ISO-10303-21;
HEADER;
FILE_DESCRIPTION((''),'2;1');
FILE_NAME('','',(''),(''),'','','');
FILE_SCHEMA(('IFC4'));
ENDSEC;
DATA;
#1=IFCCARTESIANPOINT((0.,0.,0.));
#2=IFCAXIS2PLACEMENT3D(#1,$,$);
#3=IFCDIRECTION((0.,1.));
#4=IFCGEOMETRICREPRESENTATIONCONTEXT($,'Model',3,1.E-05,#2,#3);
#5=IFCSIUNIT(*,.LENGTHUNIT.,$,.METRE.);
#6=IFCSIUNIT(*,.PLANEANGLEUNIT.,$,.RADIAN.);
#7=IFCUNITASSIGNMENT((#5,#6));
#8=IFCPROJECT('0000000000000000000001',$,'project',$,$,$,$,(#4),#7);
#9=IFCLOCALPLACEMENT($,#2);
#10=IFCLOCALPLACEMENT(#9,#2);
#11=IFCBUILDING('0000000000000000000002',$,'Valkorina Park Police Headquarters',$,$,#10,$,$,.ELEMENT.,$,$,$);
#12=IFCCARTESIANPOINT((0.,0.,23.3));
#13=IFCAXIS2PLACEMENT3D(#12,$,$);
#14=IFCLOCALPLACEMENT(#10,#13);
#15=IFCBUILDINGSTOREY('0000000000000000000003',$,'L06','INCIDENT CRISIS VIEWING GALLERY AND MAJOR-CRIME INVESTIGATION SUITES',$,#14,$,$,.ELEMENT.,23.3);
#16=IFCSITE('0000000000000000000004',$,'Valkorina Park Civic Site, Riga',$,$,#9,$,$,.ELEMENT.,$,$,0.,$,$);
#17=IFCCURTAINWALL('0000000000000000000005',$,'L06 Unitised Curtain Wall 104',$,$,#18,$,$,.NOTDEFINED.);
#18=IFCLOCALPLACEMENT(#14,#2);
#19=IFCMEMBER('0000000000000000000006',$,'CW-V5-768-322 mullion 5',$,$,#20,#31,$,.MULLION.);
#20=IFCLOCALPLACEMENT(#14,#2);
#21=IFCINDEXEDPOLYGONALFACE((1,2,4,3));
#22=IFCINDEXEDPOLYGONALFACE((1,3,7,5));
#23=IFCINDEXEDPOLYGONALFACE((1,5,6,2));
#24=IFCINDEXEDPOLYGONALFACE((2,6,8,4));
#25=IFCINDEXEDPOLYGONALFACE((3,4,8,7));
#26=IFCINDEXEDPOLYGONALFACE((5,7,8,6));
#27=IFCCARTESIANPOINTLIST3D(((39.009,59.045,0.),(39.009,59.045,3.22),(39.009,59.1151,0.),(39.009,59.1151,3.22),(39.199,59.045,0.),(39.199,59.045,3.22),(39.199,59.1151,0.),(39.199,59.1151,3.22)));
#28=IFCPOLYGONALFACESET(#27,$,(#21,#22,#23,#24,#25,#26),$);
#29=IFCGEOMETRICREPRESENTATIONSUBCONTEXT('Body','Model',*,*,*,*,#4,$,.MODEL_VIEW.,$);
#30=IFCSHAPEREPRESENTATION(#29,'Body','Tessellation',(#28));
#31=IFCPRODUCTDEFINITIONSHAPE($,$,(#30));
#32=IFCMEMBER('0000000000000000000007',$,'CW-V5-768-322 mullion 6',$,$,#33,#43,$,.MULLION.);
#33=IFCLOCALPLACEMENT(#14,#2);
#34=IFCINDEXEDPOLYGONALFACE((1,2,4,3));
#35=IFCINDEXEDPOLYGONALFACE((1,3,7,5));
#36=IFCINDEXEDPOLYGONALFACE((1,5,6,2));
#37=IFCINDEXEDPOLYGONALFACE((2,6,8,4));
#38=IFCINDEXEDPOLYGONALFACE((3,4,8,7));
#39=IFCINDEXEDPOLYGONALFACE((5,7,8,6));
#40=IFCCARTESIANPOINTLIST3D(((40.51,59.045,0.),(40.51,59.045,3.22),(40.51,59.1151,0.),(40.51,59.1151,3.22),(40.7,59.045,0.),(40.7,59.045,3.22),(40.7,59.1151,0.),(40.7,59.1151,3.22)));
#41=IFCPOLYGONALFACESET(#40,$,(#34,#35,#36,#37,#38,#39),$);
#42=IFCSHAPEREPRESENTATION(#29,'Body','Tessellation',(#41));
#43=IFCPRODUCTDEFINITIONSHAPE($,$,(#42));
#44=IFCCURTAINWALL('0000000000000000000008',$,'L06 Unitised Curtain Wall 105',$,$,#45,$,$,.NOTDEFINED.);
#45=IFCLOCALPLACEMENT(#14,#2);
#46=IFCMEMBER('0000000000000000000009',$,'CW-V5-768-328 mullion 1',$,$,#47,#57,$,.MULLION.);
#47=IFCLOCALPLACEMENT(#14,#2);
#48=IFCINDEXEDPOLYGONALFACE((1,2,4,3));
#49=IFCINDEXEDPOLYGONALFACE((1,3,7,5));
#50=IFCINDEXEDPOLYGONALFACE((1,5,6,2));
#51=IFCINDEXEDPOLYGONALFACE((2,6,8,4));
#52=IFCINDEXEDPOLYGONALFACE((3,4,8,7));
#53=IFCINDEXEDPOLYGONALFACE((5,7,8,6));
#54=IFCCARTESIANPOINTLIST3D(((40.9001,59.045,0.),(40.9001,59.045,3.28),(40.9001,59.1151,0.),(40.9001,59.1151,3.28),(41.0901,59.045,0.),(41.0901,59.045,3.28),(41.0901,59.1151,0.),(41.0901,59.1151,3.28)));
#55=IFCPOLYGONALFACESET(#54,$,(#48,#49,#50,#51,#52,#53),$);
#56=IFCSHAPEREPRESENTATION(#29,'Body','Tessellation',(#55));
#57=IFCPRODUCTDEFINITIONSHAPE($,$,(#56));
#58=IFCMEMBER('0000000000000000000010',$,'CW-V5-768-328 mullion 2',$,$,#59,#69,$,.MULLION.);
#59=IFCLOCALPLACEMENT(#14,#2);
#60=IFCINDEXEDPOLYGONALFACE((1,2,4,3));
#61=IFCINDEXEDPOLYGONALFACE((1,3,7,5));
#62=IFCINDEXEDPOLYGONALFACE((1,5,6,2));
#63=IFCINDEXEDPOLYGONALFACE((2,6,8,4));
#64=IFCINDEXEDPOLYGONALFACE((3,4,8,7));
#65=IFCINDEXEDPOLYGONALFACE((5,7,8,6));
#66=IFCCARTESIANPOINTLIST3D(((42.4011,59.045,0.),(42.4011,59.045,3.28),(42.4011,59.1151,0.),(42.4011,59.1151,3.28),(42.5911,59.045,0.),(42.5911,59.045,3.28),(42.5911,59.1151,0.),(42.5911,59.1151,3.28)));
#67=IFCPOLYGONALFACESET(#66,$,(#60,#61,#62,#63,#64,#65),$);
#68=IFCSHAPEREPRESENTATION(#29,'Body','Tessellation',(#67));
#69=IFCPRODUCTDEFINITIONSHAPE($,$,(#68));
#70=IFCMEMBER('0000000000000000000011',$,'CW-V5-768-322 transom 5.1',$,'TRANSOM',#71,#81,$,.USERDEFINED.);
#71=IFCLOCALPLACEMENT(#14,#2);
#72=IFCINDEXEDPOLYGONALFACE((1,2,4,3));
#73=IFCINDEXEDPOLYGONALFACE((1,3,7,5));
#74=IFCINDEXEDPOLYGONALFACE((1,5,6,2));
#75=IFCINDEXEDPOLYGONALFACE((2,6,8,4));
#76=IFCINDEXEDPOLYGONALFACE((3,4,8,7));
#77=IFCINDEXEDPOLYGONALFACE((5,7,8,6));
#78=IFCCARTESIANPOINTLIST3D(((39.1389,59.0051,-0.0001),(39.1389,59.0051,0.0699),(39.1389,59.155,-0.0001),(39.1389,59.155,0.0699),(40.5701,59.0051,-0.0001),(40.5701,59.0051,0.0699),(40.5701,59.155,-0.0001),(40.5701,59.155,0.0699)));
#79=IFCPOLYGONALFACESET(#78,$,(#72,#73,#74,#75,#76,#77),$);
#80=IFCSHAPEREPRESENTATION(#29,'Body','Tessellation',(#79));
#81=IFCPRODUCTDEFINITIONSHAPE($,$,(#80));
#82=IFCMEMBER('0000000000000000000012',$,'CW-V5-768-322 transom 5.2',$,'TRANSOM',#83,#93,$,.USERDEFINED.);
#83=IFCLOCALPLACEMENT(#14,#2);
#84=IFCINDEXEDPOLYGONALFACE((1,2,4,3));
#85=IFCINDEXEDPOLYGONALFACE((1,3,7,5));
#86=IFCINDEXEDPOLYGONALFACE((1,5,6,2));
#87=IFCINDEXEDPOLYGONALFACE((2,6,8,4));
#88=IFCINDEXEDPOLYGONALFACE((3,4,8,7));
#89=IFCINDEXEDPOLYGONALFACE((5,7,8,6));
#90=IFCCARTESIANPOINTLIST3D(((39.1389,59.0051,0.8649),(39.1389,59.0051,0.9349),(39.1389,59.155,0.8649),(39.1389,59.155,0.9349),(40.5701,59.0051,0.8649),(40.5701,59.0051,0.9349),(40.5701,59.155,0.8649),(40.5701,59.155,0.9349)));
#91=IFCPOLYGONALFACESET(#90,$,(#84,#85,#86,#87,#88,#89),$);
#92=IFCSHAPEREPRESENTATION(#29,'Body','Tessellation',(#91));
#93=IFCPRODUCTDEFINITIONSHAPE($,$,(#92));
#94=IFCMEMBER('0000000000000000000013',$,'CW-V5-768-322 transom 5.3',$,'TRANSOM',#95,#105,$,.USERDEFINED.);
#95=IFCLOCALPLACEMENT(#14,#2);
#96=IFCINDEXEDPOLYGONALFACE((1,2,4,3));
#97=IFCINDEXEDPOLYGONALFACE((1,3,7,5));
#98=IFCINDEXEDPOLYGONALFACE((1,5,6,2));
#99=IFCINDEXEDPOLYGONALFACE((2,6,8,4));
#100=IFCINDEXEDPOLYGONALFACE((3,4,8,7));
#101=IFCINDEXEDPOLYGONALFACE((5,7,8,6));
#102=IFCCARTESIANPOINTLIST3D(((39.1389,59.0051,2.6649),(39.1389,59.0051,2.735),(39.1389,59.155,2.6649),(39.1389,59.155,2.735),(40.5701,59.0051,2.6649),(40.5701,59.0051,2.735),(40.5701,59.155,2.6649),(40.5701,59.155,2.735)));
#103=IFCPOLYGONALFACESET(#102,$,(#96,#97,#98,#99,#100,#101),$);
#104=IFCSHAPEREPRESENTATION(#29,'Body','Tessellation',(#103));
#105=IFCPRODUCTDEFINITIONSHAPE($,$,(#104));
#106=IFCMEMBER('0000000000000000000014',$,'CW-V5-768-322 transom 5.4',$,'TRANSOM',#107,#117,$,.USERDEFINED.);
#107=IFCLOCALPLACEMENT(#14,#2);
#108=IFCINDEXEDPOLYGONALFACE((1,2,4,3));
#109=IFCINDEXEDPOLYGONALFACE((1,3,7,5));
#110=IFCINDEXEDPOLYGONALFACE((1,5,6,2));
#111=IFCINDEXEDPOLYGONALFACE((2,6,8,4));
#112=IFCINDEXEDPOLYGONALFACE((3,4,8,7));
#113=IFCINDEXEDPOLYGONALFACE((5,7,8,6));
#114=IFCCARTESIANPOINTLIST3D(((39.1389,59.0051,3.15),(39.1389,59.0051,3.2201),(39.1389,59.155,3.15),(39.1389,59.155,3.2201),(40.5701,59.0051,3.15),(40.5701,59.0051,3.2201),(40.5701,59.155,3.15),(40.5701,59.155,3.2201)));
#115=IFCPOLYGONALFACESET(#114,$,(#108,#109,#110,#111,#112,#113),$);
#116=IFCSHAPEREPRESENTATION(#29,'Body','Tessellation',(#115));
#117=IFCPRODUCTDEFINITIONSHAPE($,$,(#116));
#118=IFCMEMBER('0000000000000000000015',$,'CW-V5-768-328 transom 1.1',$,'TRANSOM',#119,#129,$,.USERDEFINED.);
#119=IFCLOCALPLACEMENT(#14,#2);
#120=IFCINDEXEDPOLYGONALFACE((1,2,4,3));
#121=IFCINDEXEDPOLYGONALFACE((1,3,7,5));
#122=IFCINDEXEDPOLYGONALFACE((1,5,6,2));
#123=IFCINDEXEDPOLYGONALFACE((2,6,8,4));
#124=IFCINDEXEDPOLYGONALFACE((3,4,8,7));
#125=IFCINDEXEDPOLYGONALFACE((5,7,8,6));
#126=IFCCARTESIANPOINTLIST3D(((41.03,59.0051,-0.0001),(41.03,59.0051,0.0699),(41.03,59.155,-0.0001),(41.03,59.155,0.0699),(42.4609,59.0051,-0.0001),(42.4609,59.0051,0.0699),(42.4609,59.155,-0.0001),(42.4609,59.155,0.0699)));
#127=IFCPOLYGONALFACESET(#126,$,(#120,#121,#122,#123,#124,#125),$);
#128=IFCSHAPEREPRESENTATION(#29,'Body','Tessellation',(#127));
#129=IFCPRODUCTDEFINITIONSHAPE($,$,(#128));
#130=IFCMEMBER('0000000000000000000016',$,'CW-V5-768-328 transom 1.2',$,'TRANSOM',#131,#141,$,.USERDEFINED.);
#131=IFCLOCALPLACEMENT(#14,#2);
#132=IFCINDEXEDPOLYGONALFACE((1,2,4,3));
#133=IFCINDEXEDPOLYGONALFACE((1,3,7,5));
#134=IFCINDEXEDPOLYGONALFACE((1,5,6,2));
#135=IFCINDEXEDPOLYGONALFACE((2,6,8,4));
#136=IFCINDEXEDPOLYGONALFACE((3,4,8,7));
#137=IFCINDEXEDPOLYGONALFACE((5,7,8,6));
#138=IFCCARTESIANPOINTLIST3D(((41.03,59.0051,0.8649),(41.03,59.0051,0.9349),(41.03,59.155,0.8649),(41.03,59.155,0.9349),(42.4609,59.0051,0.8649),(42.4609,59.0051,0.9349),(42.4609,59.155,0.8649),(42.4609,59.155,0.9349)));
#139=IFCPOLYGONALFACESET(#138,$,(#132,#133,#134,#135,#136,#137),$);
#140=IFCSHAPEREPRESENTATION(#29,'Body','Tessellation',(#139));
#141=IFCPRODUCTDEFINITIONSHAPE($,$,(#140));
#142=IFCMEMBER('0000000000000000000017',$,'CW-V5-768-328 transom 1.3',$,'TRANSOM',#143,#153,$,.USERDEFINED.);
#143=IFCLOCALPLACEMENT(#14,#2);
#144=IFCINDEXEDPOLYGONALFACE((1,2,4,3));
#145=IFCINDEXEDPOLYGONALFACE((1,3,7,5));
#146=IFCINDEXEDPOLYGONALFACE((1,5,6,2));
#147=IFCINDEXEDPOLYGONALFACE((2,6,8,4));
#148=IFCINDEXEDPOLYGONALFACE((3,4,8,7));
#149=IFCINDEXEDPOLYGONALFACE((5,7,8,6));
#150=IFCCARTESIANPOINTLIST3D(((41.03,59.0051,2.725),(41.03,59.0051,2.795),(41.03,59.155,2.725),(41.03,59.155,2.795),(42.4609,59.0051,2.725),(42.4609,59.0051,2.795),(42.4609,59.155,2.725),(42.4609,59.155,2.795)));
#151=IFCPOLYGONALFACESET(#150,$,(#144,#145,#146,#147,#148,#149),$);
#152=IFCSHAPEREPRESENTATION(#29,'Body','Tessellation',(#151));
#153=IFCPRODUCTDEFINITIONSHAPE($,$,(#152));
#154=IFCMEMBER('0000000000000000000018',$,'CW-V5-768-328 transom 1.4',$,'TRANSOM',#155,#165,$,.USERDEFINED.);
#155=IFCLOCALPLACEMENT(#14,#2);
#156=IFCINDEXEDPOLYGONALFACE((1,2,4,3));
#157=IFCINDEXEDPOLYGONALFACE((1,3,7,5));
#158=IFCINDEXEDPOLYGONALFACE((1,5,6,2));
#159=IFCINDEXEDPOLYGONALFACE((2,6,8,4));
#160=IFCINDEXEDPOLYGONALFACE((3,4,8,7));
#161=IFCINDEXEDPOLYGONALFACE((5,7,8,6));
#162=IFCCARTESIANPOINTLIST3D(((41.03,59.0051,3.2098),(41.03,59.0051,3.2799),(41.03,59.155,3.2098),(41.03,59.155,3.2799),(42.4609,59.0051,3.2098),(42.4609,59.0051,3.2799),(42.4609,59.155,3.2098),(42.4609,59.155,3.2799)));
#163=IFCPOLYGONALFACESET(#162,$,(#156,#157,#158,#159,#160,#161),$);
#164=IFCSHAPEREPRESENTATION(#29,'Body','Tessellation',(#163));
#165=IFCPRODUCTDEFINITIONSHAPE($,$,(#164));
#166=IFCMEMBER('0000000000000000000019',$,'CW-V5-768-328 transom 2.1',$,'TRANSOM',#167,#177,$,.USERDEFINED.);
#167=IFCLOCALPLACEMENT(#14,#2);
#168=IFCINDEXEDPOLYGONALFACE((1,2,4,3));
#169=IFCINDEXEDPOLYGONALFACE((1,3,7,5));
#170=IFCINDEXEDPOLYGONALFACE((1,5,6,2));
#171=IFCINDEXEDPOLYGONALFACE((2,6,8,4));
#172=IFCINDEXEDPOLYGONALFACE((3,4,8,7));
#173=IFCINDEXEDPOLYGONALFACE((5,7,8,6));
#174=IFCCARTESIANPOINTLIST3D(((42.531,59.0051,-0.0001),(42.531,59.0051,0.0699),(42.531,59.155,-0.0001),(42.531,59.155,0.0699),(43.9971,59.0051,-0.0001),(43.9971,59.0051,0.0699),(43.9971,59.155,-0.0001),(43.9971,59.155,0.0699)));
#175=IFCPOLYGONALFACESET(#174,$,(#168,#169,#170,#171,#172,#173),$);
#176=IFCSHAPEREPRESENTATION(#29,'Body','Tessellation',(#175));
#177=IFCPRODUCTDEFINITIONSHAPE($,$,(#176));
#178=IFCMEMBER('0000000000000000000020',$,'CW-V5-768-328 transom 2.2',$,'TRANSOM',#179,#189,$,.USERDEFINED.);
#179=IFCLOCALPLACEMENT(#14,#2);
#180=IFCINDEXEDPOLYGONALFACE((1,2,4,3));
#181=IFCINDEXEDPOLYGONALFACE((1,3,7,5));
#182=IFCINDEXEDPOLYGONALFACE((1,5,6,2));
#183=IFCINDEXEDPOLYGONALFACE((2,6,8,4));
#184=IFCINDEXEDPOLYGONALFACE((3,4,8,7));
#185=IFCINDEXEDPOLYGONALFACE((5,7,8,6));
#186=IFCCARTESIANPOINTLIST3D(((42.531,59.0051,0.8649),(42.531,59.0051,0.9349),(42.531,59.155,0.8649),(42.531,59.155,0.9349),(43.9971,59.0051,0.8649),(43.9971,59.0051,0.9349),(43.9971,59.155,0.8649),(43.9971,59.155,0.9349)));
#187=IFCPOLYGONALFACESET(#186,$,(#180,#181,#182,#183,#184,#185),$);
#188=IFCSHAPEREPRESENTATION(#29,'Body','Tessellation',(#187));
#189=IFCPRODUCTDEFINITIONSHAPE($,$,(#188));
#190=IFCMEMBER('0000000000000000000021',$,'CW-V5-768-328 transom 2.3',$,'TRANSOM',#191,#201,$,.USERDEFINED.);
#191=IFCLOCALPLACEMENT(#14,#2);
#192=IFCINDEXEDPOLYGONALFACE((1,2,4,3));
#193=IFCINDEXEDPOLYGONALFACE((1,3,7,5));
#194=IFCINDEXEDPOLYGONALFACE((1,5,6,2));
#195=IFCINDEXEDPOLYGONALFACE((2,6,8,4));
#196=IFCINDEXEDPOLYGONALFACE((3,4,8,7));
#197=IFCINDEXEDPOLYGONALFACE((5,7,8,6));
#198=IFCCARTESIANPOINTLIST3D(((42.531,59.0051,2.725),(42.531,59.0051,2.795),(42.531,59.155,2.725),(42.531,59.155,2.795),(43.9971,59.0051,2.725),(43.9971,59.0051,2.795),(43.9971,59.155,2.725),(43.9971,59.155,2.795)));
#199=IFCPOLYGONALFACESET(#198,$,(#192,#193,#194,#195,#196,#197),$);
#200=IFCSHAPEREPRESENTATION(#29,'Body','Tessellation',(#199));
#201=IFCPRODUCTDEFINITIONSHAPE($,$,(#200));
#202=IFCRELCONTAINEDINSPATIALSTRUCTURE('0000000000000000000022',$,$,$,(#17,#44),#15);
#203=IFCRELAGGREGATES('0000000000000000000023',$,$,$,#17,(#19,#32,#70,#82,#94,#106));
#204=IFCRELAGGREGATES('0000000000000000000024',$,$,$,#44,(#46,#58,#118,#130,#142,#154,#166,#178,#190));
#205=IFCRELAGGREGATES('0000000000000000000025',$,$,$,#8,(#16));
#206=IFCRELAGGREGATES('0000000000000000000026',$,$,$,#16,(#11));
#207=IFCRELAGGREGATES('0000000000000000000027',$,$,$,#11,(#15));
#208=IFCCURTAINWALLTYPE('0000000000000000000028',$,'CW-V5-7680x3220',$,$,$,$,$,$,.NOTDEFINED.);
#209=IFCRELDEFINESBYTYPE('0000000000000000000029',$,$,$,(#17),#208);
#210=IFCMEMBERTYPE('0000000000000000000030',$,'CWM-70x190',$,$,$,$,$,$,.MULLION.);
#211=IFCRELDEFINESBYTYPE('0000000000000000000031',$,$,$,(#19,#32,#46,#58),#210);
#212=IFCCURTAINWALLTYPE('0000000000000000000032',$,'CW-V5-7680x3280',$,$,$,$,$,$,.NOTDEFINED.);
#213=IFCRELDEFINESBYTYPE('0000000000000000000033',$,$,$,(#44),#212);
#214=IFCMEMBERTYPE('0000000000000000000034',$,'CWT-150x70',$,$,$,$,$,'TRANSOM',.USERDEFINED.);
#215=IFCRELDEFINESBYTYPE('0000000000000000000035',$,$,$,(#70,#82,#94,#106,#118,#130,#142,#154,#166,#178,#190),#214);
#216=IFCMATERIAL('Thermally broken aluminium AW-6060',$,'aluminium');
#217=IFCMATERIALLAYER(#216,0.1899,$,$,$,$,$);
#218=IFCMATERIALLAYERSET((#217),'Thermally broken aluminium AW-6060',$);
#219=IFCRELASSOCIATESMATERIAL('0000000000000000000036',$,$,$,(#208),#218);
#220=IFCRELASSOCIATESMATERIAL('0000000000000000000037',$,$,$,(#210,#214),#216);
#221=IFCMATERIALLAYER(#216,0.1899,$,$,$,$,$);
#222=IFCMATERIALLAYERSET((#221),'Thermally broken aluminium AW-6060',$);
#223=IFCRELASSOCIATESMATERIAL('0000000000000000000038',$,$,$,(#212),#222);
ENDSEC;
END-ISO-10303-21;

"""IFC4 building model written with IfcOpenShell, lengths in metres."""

from ifc_helpers import new_model, si_unit, direction, frame, origin, origin_2d, place, context, subcontext, project, spatial, rectangle, extrude, material, layer, layer_set, material_profile, profile_set, type_object, element, aggregate, save


model = new_model("IFC4")

# Units and contexts
model_context = context("Model", 3, precision=1e-05, world=origin(), true_north=direction((0.0, 1.0)))
body_context = subcontext(model_context, "Body", "Model", "MODEL_VIEW")
ifc_project = project(units=[si_unit("LENGTHUNIT", "METRE"), si_unit("PLANEANGLEUNIT", "RADIAN")], contexts=[model_context])

# Site, building, storey
site_placement = place(None, origin())
site = spatial("IfcSite", under=ifc_project, at=site_placement, Name="Valkorina Park Civic Site, Riga", CompositionType="ELEMENT", RefElevation=0.0)
building_placement = place(site_placement, origin())
building = spatial("IfcBuilding", under=site, at=building_placement, Name="Valkorina Park Police Headquarters", CompositionType="ELEMENT")
storey_placement = place(building_placement, frame((0.0, 0.0, 23.3)))
storey = spatial("IfcBuildingStorey", under=building, at=storey_placement, Name="L06", Description="INCIDENT CRISIS VIEWING GALLERY AND MAJOR-CRIME INVESTIGATION SUITES", CompositionType="ELEMENT", Elevation=23.3)

# Curtain walls, members
ifc_material_1 = material(Name="Thermally broken aluminium AW-6060", Category="aluminium")
ifc_layer_1 = layer(ifc_material_1, 0.1899)
ifc_layer_set_1 = layer_set([ifc_layer_1], Name="Thermally broken aluminium AW-6060")
curtain_wall_type_1 = type_object("IfcCurtainWallType", Name="CW-V5-7680x3220", PredefinedType="NOTDEFINED", material=ifc_layer_set_1)
curtain_wall_1_placement = place(storey_placement, origin())
curtain_wall_1 = element("IfcCurtainWall", 1, at=curtain_wall_1_placement, inside=storey, type_object=curtain_wall_type_1, Name="L06 Unitised Curtain Wall 104", PredefinedType="NOTDEFINED")
ifc_material_profile_1 = material_profile(ifc_material_1, rectangle(XDim=0.0701, YDim=0.1899, at=origin_2d()), Name="CWM-02 70x190")
ifc_profile_set_1 = profile_set([ifc_material_profile_1], Name="Thermally broken aluminium AW-6060")
member_type_1 = type_object("IfcMemberType", Name="CWM-70x190", PredefinedType="MULLION", material=ifc_profile_set_1)
member_1_placement = place(storey_placement, frame((39.104, 59.0801, 0.0), z_axis=(0.0, 0.0, 1.0), x_axis=(0.0, 1.0, 0.0)))
member_1 = element("IfcMember", 2, at=member_1_placement, type_object=member_type_1, Name="CW-V5-768-322 mullion 5", PredefinedType="MULLION", context=body_context, shape_type="SweptSolid", body=[
    extrude(rectangle(XDim=0.0701, YDim=0.1899, at=origin_2d()), origin(), (0.0, 0.0, 1.0), 3.22),
])
member_2_placement = place(storey_placement, frame((40.605, 59.0801, 0.0), z_axis=(0.0, 0.0, 1.0), x_axis=(0.0, 1.0, 0.0)))
member_2 = element("IfcMember", 3, at=member_2_placement, type_object=member_type_1, Name="CW-V5-768-322 mullion 6", PredefinedType="MULLION", context=body_context, shape_type="SweptSolid", body=[
    extrude(rectangle(XDim=0.0701, YDim=0.1899, at=origin_2d()), origin(), (0.0, 0.0, 1.0), 3.22),
])
ifc_layer_2 = layer(ifc_material_1, 0.1899)
ifc_layer_set_2 = layer_set([ifc_layer_2], Name="Thermally broken aluminium AW-6060")
curtain_wall_type_2 = type_object("IfcCurtainWallType", Name="CW-V5-7680x3280", PredefinedType="NOTDEFINED", material=ifc_layer_set_2)
curtain_wall_2_placement = place(storey_placement, origin())
curtain_wall_2 = element("IfcCurtainWall", 4, at=curtain_wall_2_placement, inside=storey, type_object=curtain_wall_type_2, Name="L06 Unitised Curtain Wall 105", PredefinedType="NOTDEFINED")
member_3_placement = place(storey_placement, frame((40.9951, 59.0801, 0.0), z_axis=(0.0, 0.0, 1.0), x_axis=(0.0, 1.0, 0.0)))
member_3 = element("IfcMember", 5, at=member_3_placement, type_object=member_type_1, Name="CW-V5-768-328 mullion 1", PredefinedType="MULLION", context=body_context, shape_type="SweptSolid", body=[
    extrude(rectangle(XDim=0.0701, YDim=0.1899, at=origin_2d()), origin(), (0.0, 0.0, 1.0), 3.28),
])
member_4_placement = place(storey_placement, frame((42.4961, 59.0801, 0.0), z_axis=(0.0, 0.0, 1.0), x_axis=(0.0, 1.0, 0.0)))
member_4 = element("IfcMember", 6, at=member_4_placement, type_object=member_type_1, Name="CW-V5-768-328 mullion 2", PredefinedType="MULLION", context=body_context, shape_type="SweptSolid", body=[
    extrude(rectangle(XDim=0.0701, YDim=0.1899, at=origin_2d()), origin(), (0.0, 0.0, 1.0), 3.28),
])

# Members
ifc_material_profile_2 = material_profile(ifc_material_1, rectangle(XDim=0.1499, YDim=0.0701, at=origin_2d()), Name="CWT-02 150x70")
ifc_profile_set_2 = profile_set([ifc_material_profile_2], Name="Thermally broken aluminium AW-6060")
member_type_2 = type_object("IfcMemberType", Name="CWT-150x70", ElementType="TRANSOM", PredefinedType="USERDEFINED", material=ifc_profile_set_2)
member_5_placement = place(storey_placement, frame((39.1389, 59.0801, 0.0349), z_axis=(1.0, 0.0, 0.0), x_axis=(0.0, 1.0, 0.0)))
member_5 = element("IfcMember", 7, at=member_5_placement, type_object=member_type_2, Name="CW-V5-768-322 transom 5.1", ObjectType="TRANSOM", PredefinedType="USERDEFINED", context=body_context, shape_type="SweptSolid", body=[
    extrude(rectangle(XDim=0.1499, YDim=0.0701, at=origin_2d()), origin(), (0.0, 0.0, 1.0), 1.4312),
])
member_6_placement = place(storey_placement, frame((39.1389, 59.0801, 0.8999), z_axis=(1.0, 0.0, 0.0), x_axis=(0.0, 1.0, 0.0)))
member_6 = element("IfcMember", 8, at=member_6_placement, type_object=member_type_2, Name="CW-V5-768-322 transom 5.2", ObjectType="TRANSOM", PredefinedType="USERDEFINED", context=body_context, shape_type="SweptSolid", body=[
    extrude(rectangle(XDim=0.1499, YDim=0.0701, at=origin_2d()), origin(), (0.0, 0.0, 1.0), 1.4312),
])
member_7_placement = place(storey_placement, frame((39.1389, 59.0801, 2.7), z_axis=(1.0, 0.0, 0.0), x_axis=(0.0, 1.0, 0.0)))
member_7 = element("IfcMember", 9, at=member_7_placement, type_object=member_type_2, Name="CW-V5-768-322 transom 5.3", ObjectType="TRANSOM", PredefinedType="USERDEFINED", context=body_context, shape_type="SweptSolid", body=[
    extrude(rectangle(XDim=0.1499, YDim=0.0701, at=origin_2d()), origin(), (0.0, 0.0, 1.0), 1.4312),
])
member_8_placement = place(storey_placement, frame((39.1389, 59.0801, 3.1851), z_axis=(1.0, 0.0, 0.0), x_axis=(0.0, 1.0, 0.0)))
member_8 = element("IfcMember", 10, at=member_8_placement, type_object=member_type_2, Name="CW-V5-768-322 transom 5.4", ObjectType="TRANSOM", PredefinedType="USERDEFINED", context=body_context, shape_type="SweptSolid", body=[
    extrude(rectangle(XDim=0.1499, YDim=0.0701, at=origin_2d()), origin(), (0.0, 0.0, 1.0), 1.4312),
])
member_9_placement = place(storey_placement, frame((41.03, 59.0801, 0.0349), z_axis=(1.0, 0.0, 0.0), x_axis=(0.0, 1.0, 0.0)))
member_9 = element("IfcMember", 11, at=member_9_placement, type_object=member_type_2, Name="CW-V5-768-328 transom 1.1", ObjectType="TRANSOM", PredefinedType="USERDEFINED", context=body_context, shape_type="SweptSolid", body=[
    extrude(rectangle(XDim=0.1499, YDim=0.0701, at=origin_2d()), origin(), (0.0, 0.0, 1.0), 1.4309),
])
member_10_placement = place(storey_placement, frame((41.03, 59.0801, 0.8999), z_axis=(1.0, 0.0, 0.0), x_axis=(0.0, 1.0, 0.0)))
member_10 = element("IfcMember", 12, at=member_10_placement, type_object=member_type_2, Name="CW-V5-768-328 transom 1.2", ObjectType="TRANSOM", PredefinedType="USERDEFINED", context=body_context, shape_type="SweptSolid", body=[
    extrude(rectangle(XDim=0.1499, YDim=0.0701, at=origin_2d()), origin(), (0.0, 0.0, 1.0), 1.4309),
])
member_11_placement = place(storey_placement, frame((41.03, 59.0801, 2.76), z_axis=(1.0, 0.0, 0.0), x_axis=(0.0, 1.0, 0.0)))
member_11 = element("IfcMember", 13, at=member_11_placement, type_object=member_type_2, Name="CW-V5-768-328 transom 1.3", ObjectType="TRANSOM", PredefinedType="USERDEFINED", context=body_context, shape_type="SweptSolid", body=[
    extrude(rectangle(XDim=0.1499, YDim=0.0701, at=origin_2d()), origin(), (0.0, 0.0, 1.0), 1.4309),
])
member_12_placement = place(storey_placement, frame((41.03, 59.0801, 3.2449), z_axis=(1.0, 0.0, 0.0), x_axis=(0.0, 1.0, 0.0)))
member_12 = element("IfcMember", 14, at=member_12_placement, type_object=member_type_2, Name="CW-V5-768-328 transom 1.4", ObjectType="TRANSOM", PredefinedType="USERDEFINED", context=body_context, shape_type="SweptSolid", body=[
    extrude(rectangle(XDim=0.1499, YDim=0.0701, at=origin_2d()), origin(), (0.0, 0.0, 1.0), 1.4309),
])
member_13_placement = place(storey_placement, frame((42.531, 59.0801, 0.0349), z_axis=(1.0, 0.0, 0.0), x_axis=(0.0, 1.0, 0.0)))
member_13 = element("IfcMember", 15, at=member_13_placement, type_object=member_type_2, Name="CW-V5-768-328 transom 2.1", ObjectType="TRANSOM", PredefinedType="USERDEFINED", context=body_context, shape_type="SweptSolid", body=[
    extrude(rectangle(XDim=0.1499, YDim=0.0701, at=origin_2d()), origin(), (0.0, 0.0, 1.0), 1.4661),
])
member_14_placement = place(storey_placement, frame((42.531, 59.0801, 0.8999), z_axis=(1.0, 0.0, 0.0), x_axis=(0.0, 1.0, 0.0)))
member_14 = element("IfcMember", 16, at=member_14_placement, type_object=member_type_2, Name="CW-V5-768-328 transom 2.2", ObjectType="TRANSOM", PredefinedType="USERDEFINED", context=body_context, shape_type="SweptSolid", body=[
    extrude(rectangle(XDim=0.1499, YDim=0.0701, at=origin_2d()), origin(), (0.0, 0.0, 1.0), 1.4661),
])
member_15_placement = place(storey_placement, frame((42.531, 59.0801, 2.76), z_axis=(1.0, 0.0, 0.0), x_axis=(0.0, 1.0, 0.0)))
member_15 = element("IfcMember", 17, at=member_15_placement, type_object=member_type_2, Name="CW-V5-768-328 transom 2.3", ObjectType="TRANSOM", PredefinedType="USERDEFINED", context=body_context, shape_type="SweptSolid", body=[
    extrude(rectangle(XDim=0.1499, YDim=0.0701, at=origin_2d()), origin(), (0.0, 0.0, 1.0), 1.4661),
])

aggregate(curtain_wall_1, [member_1, member_2, member_5, member_6, member_7, member_8])
aggregate(curtain_wall_2, [member_3, member_4, member_9, member_10, member_11, member_12, member_13, member_14, member_15])

save(model, "model.ifc")
